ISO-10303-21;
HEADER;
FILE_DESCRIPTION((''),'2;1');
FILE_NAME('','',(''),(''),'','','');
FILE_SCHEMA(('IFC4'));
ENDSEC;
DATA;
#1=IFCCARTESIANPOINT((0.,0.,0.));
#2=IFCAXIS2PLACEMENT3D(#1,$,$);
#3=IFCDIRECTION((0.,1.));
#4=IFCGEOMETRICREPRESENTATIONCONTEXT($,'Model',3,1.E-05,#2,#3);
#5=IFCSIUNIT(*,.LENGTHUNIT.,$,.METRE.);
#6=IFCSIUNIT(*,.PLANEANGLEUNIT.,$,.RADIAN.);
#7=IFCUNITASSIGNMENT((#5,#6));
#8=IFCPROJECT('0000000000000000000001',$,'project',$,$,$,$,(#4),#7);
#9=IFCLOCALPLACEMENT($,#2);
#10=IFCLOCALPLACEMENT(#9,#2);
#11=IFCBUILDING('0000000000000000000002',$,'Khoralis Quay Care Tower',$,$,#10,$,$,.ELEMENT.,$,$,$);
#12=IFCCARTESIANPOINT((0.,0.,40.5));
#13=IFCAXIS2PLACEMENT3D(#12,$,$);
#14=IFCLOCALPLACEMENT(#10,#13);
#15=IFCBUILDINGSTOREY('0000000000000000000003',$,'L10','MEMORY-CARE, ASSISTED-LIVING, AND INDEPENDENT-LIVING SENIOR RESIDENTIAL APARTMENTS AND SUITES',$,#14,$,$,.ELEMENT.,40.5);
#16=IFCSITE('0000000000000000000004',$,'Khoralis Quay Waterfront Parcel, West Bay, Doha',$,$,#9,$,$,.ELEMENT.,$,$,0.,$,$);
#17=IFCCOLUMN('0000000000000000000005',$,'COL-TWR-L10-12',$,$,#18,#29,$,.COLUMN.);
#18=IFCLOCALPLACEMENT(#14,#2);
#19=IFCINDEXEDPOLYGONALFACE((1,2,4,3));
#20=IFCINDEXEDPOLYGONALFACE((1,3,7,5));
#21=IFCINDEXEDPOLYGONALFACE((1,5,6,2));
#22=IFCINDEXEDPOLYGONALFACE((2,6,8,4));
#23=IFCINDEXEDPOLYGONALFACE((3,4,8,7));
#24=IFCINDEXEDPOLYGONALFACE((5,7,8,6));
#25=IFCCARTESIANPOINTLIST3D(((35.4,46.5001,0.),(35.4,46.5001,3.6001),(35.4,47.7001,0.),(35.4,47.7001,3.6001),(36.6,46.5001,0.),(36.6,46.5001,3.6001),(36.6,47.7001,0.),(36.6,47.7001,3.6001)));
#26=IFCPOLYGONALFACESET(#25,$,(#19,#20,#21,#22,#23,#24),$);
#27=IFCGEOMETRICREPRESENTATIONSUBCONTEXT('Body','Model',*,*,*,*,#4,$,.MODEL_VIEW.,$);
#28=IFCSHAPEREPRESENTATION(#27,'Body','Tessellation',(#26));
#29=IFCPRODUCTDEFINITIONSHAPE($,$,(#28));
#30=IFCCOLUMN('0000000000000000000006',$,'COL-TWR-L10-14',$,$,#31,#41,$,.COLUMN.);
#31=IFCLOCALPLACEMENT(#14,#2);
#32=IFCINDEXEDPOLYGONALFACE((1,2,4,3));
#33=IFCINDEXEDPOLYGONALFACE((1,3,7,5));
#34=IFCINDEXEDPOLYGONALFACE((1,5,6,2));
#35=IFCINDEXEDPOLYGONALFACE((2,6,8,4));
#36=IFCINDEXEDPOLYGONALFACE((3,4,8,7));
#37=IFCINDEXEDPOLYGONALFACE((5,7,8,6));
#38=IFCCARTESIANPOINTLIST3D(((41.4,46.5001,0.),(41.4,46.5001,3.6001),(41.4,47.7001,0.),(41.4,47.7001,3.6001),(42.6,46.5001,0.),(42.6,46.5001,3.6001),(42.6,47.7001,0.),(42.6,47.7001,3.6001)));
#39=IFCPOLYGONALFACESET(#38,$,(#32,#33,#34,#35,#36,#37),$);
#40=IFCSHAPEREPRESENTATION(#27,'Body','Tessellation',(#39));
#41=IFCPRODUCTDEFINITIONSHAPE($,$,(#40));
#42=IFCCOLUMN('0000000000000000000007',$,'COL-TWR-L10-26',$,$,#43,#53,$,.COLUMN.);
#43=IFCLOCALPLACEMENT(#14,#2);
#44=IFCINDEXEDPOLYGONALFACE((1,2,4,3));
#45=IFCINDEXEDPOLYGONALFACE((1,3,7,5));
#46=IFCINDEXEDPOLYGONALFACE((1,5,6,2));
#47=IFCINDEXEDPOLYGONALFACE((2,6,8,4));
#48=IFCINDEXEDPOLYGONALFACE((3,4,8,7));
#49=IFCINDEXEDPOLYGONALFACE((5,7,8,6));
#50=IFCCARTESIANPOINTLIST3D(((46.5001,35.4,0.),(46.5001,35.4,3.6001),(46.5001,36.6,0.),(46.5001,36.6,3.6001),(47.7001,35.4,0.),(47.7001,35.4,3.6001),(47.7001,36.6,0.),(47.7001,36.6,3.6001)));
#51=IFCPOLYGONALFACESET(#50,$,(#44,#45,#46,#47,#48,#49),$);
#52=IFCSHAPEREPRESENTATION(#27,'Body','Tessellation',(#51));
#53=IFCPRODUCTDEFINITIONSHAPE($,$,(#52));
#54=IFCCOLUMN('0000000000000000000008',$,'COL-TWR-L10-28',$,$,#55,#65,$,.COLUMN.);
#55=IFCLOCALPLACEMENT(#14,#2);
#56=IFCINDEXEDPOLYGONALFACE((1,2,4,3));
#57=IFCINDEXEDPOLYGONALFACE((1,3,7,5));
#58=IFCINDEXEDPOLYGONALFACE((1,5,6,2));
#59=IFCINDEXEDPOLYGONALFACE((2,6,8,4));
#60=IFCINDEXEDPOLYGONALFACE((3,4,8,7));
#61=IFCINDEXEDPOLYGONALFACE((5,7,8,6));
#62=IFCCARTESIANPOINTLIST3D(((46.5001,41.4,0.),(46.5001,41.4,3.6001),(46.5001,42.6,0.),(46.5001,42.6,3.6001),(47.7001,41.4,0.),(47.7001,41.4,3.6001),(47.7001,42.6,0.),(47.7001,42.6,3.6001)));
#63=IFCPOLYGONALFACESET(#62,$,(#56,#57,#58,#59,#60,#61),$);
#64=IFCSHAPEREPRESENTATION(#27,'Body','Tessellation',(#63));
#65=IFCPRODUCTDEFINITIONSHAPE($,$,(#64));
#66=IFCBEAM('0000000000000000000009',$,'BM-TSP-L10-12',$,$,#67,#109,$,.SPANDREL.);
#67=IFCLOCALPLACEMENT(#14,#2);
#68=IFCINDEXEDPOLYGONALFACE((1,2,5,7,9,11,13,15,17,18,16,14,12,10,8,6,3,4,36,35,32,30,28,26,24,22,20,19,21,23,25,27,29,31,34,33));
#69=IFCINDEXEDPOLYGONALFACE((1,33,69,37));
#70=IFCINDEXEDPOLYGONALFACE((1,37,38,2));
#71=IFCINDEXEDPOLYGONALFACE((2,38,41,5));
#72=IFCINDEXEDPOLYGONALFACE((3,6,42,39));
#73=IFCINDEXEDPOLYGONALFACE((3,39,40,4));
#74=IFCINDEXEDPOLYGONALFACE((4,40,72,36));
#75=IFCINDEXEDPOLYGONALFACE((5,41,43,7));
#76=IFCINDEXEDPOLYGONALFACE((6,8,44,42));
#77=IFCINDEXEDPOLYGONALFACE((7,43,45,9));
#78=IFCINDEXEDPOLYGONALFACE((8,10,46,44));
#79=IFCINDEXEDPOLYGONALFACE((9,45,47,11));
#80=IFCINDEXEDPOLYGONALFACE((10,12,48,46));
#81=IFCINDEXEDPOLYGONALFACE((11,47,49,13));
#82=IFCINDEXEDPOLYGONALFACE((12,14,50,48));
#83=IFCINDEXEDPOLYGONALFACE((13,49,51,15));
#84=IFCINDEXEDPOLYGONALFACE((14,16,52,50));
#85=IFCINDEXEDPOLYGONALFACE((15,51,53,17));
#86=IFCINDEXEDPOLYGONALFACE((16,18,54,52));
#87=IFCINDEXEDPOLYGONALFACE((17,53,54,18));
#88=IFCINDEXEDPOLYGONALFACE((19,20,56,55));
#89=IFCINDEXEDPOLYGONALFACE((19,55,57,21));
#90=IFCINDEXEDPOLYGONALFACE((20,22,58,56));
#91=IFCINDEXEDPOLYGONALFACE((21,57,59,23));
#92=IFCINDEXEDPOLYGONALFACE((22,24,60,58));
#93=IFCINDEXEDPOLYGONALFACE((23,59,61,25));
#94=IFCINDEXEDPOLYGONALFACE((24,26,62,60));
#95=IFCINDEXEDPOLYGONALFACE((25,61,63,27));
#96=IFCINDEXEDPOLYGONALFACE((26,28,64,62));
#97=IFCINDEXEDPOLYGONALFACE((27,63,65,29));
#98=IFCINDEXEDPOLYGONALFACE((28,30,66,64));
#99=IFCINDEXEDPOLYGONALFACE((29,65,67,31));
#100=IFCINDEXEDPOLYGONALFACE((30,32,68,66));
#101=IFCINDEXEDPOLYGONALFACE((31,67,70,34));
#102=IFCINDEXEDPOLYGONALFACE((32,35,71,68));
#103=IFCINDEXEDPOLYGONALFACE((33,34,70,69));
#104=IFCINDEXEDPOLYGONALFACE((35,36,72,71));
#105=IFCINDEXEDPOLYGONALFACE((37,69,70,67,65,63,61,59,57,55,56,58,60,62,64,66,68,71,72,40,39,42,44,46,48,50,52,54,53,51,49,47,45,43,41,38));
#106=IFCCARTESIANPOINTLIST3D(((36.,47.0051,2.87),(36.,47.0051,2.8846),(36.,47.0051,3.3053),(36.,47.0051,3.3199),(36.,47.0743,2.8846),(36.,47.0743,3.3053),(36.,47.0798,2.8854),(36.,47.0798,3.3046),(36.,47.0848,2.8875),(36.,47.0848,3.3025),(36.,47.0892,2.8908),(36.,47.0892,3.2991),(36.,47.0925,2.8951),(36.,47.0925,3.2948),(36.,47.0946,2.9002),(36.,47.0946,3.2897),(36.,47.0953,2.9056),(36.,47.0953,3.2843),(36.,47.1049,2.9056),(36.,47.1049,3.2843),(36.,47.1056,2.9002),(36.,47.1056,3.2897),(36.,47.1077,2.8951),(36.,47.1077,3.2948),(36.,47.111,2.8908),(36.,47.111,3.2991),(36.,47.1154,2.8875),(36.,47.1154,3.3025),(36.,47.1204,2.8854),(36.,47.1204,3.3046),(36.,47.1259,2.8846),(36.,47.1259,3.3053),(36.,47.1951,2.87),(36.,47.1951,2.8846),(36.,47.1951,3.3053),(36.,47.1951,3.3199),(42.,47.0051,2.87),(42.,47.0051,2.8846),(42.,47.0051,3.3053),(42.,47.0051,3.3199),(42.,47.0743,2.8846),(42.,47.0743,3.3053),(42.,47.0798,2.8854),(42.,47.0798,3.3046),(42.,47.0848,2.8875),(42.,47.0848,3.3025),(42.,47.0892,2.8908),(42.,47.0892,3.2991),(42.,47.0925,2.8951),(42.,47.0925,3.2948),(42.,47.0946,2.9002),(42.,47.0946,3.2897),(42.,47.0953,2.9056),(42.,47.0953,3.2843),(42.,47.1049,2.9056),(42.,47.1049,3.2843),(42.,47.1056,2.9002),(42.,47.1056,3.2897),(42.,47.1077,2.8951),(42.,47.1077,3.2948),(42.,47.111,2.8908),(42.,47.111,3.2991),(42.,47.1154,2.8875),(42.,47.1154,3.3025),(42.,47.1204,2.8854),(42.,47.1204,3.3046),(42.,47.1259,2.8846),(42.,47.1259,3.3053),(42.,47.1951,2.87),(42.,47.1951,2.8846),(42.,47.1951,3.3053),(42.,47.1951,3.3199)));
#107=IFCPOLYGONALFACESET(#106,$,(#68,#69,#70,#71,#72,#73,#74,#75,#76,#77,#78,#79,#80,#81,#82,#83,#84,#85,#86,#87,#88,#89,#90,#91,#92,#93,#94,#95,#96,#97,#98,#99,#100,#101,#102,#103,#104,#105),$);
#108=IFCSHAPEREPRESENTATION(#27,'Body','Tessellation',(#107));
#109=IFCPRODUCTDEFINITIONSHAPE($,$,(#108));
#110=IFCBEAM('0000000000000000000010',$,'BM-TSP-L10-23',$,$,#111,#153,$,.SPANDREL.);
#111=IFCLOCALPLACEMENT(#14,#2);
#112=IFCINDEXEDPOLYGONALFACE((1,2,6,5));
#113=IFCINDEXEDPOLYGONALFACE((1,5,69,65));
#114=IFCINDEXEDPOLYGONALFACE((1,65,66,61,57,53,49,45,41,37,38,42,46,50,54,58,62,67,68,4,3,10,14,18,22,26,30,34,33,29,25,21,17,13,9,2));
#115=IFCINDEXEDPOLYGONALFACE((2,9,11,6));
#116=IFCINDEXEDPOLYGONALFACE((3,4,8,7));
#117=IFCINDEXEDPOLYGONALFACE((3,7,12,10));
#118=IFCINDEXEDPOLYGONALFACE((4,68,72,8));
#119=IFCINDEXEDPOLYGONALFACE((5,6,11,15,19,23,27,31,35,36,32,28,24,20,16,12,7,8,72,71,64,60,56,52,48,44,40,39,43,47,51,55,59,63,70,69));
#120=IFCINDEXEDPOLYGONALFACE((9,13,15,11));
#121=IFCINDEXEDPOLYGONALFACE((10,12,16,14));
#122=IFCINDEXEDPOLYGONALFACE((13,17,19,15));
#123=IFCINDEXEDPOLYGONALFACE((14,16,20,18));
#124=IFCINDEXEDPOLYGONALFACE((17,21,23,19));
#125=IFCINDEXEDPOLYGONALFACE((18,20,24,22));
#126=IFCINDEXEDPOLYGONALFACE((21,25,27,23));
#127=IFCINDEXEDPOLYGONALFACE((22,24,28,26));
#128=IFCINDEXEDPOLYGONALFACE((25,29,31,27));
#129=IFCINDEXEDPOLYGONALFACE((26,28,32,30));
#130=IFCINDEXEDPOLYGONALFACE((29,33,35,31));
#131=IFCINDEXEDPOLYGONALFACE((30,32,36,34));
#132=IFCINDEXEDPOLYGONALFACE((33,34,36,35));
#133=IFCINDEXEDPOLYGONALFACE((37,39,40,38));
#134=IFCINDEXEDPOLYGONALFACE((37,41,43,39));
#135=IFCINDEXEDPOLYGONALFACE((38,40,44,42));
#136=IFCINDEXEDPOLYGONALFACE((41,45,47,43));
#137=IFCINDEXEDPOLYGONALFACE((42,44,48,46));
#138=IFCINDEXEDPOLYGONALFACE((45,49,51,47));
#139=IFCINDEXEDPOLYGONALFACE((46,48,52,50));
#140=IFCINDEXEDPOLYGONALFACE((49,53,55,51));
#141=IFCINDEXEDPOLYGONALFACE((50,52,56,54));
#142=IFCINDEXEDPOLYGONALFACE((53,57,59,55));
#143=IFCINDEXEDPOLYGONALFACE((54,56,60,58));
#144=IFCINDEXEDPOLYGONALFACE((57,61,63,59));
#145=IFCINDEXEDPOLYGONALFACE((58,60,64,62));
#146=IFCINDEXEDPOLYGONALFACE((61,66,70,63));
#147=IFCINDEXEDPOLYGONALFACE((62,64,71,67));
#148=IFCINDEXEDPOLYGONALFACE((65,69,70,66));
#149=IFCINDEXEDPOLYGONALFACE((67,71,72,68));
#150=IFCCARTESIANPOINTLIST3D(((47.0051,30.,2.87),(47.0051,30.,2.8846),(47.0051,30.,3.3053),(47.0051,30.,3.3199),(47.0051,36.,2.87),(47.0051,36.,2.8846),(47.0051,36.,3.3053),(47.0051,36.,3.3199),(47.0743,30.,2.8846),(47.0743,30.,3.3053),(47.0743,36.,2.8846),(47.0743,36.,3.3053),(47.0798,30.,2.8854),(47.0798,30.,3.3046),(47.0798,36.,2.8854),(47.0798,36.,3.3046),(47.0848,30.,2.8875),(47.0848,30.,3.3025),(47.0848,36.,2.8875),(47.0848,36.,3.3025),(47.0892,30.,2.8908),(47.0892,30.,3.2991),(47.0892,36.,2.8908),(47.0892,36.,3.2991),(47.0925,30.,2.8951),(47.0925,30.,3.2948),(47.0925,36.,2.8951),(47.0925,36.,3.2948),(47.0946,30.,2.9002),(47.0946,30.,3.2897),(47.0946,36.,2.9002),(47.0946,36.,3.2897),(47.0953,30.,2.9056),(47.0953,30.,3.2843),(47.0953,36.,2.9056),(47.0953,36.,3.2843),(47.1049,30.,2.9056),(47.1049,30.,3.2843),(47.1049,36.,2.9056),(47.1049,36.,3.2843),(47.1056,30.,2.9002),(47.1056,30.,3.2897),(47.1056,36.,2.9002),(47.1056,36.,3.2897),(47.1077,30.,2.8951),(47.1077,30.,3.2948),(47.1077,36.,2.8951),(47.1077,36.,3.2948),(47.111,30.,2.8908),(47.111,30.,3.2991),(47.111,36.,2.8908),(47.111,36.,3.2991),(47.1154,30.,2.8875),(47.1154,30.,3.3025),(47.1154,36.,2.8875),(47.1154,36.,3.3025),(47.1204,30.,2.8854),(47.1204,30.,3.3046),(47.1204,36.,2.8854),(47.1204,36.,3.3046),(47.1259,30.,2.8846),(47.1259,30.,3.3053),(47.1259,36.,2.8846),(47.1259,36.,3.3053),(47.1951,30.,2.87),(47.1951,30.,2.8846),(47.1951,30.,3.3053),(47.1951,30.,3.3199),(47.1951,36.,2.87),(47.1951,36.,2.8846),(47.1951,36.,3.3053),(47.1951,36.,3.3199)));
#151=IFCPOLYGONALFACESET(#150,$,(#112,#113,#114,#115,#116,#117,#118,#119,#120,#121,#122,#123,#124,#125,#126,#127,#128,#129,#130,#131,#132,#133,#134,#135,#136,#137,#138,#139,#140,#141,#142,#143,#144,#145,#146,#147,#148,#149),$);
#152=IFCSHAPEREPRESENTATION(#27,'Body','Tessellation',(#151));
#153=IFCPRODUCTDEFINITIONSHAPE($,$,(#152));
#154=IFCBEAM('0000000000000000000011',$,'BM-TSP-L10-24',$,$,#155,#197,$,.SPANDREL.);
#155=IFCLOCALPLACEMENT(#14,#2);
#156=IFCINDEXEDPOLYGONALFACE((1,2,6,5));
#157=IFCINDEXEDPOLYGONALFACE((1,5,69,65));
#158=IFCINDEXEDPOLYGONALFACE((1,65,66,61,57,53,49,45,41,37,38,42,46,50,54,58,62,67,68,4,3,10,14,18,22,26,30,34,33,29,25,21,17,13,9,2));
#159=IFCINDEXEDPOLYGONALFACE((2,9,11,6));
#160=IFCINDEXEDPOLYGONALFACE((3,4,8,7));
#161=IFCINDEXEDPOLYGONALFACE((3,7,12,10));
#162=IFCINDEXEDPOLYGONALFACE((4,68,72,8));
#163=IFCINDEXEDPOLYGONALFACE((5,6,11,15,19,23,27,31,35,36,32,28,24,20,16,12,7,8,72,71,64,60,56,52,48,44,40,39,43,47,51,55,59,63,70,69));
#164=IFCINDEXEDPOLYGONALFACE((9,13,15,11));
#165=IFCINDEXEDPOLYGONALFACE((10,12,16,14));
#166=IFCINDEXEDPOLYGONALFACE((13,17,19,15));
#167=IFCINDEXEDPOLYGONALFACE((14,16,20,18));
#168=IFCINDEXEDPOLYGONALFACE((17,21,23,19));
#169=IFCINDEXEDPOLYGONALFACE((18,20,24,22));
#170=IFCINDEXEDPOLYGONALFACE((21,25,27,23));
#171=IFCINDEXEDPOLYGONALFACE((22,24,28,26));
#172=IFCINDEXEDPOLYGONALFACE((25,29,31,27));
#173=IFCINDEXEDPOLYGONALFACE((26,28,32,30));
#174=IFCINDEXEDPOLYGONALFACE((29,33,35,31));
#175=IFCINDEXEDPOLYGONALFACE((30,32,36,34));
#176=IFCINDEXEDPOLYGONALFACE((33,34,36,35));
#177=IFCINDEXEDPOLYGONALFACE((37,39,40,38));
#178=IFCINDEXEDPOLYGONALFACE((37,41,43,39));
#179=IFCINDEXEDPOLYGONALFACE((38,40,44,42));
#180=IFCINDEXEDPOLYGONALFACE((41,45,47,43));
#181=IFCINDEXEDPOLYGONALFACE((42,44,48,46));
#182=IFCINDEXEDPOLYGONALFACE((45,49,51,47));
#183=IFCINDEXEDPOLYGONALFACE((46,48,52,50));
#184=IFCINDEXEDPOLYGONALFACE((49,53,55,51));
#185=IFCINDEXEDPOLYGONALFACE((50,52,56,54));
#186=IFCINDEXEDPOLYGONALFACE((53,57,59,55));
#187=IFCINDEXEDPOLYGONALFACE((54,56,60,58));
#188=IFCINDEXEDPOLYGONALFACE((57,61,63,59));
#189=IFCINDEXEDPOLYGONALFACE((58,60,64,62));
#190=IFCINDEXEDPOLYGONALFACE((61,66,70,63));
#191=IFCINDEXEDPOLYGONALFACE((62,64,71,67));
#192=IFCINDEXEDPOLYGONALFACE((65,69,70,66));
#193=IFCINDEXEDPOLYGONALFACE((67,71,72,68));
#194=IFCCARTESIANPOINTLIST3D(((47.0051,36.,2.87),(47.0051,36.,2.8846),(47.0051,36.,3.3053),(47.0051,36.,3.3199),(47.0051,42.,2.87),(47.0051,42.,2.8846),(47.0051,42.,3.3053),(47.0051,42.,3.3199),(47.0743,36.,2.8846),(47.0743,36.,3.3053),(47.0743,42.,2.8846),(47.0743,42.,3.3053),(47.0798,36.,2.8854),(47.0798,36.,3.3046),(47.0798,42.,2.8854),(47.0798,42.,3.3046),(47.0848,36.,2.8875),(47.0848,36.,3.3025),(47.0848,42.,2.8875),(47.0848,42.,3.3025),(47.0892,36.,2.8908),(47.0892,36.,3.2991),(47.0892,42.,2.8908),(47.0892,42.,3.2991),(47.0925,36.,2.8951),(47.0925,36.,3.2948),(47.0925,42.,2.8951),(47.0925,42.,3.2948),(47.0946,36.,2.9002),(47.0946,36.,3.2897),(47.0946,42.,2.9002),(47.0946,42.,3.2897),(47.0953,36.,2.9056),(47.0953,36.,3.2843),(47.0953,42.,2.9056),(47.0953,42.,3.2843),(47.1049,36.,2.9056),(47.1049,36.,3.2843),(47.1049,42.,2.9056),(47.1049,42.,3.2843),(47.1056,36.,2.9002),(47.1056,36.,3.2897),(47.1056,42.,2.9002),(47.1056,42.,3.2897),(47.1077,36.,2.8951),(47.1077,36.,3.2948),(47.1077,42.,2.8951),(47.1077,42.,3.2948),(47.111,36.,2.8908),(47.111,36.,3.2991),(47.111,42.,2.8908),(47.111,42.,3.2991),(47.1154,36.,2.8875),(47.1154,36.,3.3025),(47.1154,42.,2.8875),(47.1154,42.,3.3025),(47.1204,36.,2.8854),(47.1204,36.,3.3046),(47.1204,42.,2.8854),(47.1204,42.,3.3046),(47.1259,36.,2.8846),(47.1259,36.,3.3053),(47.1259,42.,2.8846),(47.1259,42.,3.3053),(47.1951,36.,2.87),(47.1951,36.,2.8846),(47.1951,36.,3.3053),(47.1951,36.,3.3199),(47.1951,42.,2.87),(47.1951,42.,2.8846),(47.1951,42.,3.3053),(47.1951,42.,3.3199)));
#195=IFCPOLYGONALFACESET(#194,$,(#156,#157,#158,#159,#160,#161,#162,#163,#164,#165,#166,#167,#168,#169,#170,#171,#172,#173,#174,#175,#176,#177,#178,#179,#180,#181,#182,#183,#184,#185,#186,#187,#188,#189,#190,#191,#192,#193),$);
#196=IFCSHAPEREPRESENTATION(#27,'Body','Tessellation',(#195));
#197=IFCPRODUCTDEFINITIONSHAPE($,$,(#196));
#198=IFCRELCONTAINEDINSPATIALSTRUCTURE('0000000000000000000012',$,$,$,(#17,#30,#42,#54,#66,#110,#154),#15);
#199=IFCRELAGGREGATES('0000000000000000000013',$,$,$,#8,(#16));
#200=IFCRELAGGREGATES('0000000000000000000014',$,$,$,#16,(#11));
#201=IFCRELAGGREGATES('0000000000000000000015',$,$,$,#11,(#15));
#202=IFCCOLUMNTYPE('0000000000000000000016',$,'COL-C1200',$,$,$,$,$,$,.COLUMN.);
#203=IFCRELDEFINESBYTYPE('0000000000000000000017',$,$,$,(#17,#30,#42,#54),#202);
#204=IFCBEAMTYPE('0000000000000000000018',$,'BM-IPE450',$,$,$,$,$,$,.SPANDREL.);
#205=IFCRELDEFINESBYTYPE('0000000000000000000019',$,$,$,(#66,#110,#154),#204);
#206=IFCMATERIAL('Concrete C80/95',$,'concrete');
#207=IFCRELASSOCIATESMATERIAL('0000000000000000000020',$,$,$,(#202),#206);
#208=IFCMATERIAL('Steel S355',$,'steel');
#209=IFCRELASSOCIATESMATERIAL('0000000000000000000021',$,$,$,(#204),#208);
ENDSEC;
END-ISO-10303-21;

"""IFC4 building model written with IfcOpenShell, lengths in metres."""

from ifc_helpers import new_model, si_unit, direction, frame, origin, origin_2d, place, context, subcontext, project, spatial, rectangle, i_section, extrude, source, transform, mapped, material, material_profile, profile_set, type_object, element, save


model = new_model("IFC4")

# Units and contexts
model_context = context("Model", 3, precision=1e-05, world=origin(), true_north=direction((0.0, 1.0)))
body_context = subcontext(model_context, "Body", "Model", "MODEL_VIEW")
ifc_project = project(units=[si_unit("LENGTHUNIT", "METRE"), si_unit("PLANEANGLEUNIT", "RADIAN")], contexts=[model_context])

# Site, building, storey
site_placement = place(None, origin())
site = spatial("IfcSite", under=ifc_project, at=site_placement, Name="Khoralis Quay Waterfront Parcel, West Bay, Doha", CompositionType="ELEMENT", RefElevation=0.0)
building_placement = place(site_placement, origin())
building = spatial("IfcBuilding", under=site, at=building_placement, Name="Khoralis Quay Care Tower", CompositionType="ELEMENT")
storey_placement = place(building_placement, frame((0.0, 0.0, 40.5)))
storey = spatial("IfcBuildingStorey", under=building, at=storey_placement, Name="L10", Description="MEMORY-CARE, ASSISTED-LIVING, AND INDEPENDENT-LIVING SENIOR RESIDENTIAL APARTMENTS AND SUITES", CompositionType="ELEMENT", Elevation=40.5)

# Columns
ifc_material_1 = material(Name="Concrete C80/95", Category="concrete")
ifc_material_profile_1 = material_profile(ifc_material_1, rectangle(XDim=1.2, YDim=1.2, at=origin_2d()), Name="Concrete C80/95")
ifc_profile_set_1 = profile_set([ifc_material_profile_1], Name="Concrete C80/95")
column_type = type_object("IfcColumnType", Name="COL-C1200", PredefinedType="COLUMN", material=ifc_profile_set_1)
shared_shape_1 = source(origin(), body_context, "Body", "SweptSolid", [
    extrude(rectangle(XDim=1.2, YDim=1.2, at=origin_2d()), origin(), (0.0, 0.0, 1.0), 3.6001),
])
for number, where, z_axis, x_axis, name in (
    (1, (36.0, 47.1001, 0.0), (0.0, 0.0, 1.0), (1.0, 0.0, 0.0), "COL-TWR-L10-12"),
    (2, (42.0, 47.1001, 0.0), (0.0, 0.0, 1.0), (1.0, 0.0, 0.0), "COL-TWR-L10-14"),
    (3, (47.1001, 36.0, 0.0), (0.0, 0.0, 1.0), (1.0, 0.0, 0.0), "COL-TWR-L10-26"),
    (4, (47.1001, 42.0, 0.0), (0.0, 0.0, 1.0), (1.0, 0.0, 0.0), "COL-TWR-L10-28"),
):
    element("IfcColumn", number, at=place(storey_placement, frame(where, z_axis=z_axis, x_axis=x_axis)), inside=storey, type_object=column_type, Name=name, PredefinedType="COLUMN", context=body_context, shape_type="MappedRepresentation", body=[
        mapped(shared_shape_1, transform((0.0, 0.0, 0.0), scale=1.0)),
    ])

# Beams
ifc_material_2 = material(Name="Steel S355", Category="steel")
ifc_material_profile_2 = material_profile(ifc_material_2, i_section(OverallWidth=0.1899, OverallDepth=0.45, WebThickness=0.0095, FlangeThickness=0.0146, FilletRadius=0.021, at=origin_2d()), Name="Steel S355")
ifc_profile_set_2 = profile_set([ifc_material_profile_2], Name="Steel S355")
beam_type = type_object("IfcBeamType", Name="BM-IPE450", PredefinedType="SPANDREL", material=ifc_profile_set_2)
shared_shape_2 = source(origin(), body_context, "Body", "SweptSolid", [
    extrude(i_section(OverallWidth=0.1899, OverallDepth=0.45, WebThickness=0.0095, FlangeThickness=0.0146, FilletRadius=0.021, at=origin_2d()), origin(), (0.0, 0.0, 1.0), 6.0),
])
for number, where, z_axis, x_axis, name in (
    (5, (36.0, 47.1001, 3.095), (1.0, 0.0, 0.0), (0.0, 1.0, 0.0), "BM-TSP-L10-12"),
    (6, (47.1001, 30.0, 3.095), (0.0, 1.0, 0.0), (-1.0, 0.0, 0.0), "BM-TSP-L10-23"),
    (7, (47.1001, 36.0, 3.095), (0.0, 1.0, 0.0), (-1.0, 0.0, 0.0), "BM-TSP-L10-24"),
):
    element("IfcBeam", number, at=place(storey_placement, frame(where, z_axis=z_axis, x_axis=x_axis)), inside=storey, type_object=beam_type, Name=name, PredefinedType="SPANDREL", context=body_context, shape_type="MappedRepresentation", body=[
        mapped(shared_shape_2, transform((0.0, 0.0, 0.0), scale=1.0)),
    ])

save(model, "model.ifc")
